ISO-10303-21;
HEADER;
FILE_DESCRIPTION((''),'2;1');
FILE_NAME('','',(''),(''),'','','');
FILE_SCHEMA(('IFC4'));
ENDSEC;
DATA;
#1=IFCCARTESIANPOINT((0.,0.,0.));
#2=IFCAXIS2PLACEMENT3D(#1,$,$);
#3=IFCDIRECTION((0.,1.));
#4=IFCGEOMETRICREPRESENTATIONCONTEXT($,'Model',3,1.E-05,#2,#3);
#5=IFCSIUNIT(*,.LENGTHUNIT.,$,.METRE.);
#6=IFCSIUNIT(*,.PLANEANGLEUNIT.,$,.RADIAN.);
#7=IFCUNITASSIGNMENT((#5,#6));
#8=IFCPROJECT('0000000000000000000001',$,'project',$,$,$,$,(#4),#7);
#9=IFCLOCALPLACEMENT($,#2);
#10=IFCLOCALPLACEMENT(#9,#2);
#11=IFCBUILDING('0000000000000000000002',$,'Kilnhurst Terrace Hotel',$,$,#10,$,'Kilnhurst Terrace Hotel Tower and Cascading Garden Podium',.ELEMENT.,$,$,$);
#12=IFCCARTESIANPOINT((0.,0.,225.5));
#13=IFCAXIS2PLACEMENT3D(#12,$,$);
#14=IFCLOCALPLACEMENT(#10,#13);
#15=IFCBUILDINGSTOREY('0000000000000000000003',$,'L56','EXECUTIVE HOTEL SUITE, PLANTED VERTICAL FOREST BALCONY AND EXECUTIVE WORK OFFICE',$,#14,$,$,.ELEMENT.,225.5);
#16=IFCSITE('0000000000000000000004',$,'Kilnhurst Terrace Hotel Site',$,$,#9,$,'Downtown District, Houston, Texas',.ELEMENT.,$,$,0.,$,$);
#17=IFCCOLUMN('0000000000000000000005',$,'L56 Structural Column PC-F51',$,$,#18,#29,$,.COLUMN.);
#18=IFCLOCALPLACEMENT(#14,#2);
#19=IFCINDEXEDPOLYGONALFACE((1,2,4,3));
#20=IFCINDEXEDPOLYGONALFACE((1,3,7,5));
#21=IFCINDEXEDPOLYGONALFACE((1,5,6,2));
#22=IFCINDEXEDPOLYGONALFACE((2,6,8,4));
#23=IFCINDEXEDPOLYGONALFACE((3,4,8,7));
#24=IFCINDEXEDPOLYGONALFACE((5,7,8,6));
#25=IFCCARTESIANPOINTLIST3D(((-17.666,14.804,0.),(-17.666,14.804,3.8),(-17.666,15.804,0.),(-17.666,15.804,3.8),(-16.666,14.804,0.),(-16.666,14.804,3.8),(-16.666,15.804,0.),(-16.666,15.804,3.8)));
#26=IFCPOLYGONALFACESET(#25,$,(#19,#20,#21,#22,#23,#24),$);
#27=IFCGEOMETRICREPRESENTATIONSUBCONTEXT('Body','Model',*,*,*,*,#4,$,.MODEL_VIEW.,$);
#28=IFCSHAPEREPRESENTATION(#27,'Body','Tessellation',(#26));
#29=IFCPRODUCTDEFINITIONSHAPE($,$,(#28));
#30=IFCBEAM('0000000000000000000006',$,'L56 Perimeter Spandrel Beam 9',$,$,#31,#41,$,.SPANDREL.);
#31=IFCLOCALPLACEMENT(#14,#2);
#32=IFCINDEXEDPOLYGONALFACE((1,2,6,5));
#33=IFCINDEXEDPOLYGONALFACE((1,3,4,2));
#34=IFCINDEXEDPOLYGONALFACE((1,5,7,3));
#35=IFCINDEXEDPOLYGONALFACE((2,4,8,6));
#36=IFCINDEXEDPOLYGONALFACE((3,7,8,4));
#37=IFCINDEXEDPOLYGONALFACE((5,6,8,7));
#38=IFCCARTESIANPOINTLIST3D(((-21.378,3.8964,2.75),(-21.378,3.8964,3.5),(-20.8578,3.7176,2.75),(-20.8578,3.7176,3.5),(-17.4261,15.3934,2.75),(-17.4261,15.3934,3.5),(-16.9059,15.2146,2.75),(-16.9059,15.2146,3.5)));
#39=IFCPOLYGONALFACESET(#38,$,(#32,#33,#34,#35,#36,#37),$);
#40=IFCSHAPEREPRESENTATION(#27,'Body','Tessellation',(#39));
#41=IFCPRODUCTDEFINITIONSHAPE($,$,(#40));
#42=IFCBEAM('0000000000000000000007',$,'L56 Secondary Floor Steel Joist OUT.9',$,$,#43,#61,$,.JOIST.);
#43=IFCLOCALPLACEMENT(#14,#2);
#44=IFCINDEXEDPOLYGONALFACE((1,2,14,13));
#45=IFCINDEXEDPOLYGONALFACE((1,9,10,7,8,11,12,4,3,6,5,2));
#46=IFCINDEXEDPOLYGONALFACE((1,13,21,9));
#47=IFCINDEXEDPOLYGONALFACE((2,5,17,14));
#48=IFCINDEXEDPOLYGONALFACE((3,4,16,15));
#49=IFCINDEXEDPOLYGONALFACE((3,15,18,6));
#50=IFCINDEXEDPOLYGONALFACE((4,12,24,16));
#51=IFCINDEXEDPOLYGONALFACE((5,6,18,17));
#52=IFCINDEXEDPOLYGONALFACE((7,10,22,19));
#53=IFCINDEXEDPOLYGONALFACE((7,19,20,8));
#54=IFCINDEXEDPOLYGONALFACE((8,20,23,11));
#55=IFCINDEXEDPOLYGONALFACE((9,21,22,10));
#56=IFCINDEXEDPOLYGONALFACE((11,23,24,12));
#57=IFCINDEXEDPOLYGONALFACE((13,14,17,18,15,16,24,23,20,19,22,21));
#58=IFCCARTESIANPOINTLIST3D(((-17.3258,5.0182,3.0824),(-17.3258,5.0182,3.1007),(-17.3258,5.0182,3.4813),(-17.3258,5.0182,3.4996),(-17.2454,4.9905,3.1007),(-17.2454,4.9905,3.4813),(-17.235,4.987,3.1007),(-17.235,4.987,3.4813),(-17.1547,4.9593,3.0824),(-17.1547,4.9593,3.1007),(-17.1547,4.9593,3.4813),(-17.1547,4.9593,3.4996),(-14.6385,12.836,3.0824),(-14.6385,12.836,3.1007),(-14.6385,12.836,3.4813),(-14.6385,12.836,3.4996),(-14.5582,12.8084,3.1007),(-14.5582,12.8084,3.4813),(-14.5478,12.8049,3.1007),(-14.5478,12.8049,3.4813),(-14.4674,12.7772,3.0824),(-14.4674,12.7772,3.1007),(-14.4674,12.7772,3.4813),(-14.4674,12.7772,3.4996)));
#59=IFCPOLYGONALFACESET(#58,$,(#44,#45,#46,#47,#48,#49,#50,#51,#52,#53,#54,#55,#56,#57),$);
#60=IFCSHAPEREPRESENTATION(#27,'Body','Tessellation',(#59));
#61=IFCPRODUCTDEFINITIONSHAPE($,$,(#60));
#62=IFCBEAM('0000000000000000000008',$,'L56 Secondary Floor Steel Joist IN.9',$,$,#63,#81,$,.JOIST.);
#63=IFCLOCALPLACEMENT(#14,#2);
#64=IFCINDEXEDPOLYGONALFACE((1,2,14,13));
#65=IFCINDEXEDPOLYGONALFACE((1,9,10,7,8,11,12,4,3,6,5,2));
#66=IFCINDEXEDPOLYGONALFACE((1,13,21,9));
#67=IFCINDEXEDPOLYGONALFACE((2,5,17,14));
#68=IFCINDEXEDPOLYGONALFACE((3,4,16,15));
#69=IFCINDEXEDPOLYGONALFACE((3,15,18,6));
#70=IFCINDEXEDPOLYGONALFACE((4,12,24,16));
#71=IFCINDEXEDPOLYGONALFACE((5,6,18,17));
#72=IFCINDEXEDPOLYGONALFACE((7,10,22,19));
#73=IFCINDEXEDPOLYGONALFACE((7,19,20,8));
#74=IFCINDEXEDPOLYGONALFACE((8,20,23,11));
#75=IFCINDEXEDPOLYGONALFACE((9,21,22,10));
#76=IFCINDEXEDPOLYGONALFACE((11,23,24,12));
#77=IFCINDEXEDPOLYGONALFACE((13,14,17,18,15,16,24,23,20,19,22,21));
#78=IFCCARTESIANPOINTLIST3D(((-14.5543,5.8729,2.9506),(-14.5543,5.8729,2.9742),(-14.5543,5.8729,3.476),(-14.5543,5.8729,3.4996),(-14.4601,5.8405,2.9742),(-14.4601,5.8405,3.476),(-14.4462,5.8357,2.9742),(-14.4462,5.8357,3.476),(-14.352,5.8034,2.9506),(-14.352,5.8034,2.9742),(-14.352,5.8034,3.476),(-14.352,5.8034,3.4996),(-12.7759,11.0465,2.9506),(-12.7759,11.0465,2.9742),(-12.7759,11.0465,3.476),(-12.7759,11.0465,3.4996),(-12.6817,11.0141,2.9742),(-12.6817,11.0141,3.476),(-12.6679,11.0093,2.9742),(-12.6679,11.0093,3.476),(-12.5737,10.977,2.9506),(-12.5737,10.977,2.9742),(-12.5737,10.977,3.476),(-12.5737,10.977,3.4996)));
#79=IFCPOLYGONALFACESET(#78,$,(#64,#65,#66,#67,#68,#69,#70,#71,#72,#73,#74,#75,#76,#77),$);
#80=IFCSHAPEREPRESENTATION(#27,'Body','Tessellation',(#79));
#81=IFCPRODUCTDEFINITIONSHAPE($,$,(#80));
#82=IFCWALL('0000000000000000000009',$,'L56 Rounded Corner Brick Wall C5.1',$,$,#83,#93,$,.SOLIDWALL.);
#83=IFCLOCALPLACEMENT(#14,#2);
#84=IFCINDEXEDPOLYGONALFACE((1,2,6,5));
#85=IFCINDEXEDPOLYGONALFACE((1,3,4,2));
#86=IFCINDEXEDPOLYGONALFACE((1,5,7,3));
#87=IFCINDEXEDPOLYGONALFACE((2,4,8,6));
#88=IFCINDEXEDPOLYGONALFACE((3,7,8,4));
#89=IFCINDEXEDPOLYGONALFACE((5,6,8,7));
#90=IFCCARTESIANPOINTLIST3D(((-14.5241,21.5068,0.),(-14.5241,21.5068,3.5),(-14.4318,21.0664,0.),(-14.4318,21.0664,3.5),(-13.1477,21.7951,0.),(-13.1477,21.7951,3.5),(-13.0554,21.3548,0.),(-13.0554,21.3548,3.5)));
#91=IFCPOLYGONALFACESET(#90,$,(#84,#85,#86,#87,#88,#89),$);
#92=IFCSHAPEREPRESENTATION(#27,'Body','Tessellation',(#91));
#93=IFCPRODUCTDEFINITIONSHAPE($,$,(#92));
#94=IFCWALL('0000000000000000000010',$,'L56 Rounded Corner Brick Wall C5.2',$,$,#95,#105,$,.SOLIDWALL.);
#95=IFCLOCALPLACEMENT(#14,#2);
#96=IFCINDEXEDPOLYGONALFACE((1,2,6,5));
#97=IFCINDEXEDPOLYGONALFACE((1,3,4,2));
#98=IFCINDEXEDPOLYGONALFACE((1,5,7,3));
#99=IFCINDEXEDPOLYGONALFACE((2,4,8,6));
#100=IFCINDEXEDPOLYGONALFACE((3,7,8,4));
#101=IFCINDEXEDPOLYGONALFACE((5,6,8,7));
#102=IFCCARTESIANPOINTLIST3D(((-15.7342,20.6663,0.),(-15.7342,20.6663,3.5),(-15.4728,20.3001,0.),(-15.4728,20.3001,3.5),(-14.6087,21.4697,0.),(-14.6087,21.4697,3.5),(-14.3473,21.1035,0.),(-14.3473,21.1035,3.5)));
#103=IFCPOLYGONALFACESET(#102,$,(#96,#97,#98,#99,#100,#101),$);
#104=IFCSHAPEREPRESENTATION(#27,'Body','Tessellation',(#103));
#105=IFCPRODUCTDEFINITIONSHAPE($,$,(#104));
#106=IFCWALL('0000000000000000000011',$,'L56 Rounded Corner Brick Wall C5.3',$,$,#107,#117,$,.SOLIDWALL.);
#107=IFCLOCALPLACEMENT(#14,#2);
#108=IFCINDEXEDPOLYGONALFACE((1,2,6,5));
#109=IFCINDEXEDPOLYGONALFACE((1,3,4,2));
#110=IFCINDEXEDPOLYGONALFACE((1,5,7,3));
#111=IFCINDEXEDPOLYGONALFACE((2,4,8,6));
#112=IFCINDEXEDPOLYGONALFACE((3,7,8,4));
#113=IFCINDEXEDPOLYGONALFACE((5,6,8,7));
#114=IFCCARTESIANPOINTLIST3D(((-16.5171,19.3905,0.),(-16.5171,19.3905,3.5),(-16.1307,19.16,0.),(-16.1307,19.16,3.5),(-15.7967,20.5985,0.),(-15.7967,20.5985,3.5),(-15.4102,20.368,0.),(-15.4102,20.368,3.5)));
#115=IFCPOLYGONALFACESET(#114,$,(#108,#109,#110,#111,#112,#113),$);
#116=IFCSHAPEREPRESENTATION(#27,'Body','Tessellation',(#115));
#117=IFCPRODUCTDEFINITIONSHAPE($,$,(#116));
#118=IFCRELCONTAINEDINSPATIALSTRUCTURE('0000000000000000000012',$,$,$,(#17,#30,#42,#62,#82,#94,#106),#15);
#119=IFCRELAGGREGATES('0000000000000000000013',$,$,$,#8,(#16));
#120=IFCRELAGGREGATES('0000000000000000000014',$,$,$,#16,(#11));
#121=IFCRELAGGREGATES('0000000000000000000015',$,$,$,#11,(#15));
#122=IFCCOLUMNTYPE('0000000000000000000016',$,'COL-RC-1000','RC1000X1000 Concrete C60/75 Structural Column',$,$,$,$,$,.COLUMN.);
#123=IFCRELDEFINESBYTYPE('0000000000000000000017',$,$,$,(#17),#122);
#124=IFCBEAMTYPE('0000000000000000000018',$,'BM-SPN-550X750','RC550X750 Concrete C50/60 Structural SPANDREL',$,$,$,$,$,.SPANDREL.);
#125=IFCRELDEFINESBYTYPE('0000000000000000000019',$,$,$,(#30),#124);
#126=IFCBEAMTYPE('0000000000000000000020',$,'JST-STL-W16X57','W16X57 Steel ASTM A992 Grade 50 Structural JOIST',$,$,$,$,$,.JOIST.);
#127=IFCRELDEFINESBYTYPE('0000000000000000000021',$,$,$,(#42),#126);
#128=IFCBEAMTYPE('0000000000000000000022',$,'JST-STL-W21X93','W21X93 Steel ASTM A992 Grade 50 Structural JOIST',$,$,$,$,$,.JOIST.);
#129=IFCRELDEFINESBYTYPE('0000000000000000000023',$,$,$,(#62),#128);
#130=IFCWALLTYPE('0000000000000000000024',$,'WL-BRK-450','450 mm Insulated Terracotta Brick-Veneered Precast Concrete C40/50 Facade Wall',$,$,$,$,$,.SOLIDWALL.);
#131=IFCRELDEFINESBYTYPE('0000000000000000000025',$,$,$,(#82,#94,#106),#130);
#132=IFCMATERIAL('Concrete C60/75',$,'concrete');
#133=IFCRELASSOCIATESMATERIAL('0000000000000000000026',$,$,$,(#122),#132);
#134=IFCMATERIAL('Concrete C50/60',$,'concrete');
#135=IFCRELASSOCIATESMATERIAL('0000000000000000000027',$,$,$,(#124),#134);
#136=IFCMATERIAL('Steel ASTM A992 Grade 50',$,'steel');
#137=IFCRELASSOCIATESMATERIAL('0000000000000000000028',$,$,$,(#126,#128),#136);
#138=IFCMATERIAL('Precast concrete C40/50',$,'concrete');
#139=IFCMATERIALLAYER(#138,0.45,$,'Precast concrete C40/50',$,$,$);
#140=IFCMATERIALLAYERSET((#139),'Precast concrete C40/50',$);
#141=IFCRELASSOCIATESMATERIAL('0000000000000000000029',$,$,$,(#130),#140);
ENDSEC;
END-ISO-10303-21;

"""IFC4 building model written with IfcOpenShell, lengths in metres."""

from ifc_helpers import new_model, si_unit, direction, frame, frame_2d, origin, origin_2d, place, context, subcontext, project, spatial, rectangle, i_section, extrude, material, layer, layer_set, material_profile, profile_set, type_object, element, save


model = new_model("IFC4")

# Units and contexts
model_context = context("Model", 3, precision=1e-05, world=origin(), true_north=direction((0.0, 1.0)))
body_context = subcontext(model_context, "Body", "Model", "MODEL_VIEW")
ifc_project = project(units=[si_unit("LENGTHUNIT", "METRE"), si_unit("PLANEANGLEUNIT", "RADIAN")], contexts=[model_context])

# Site, building, storey
site_placement = place(None, origin())
site = spatial("IfcSite", under=ifc_project, at=site_placement, Name="Kilnhurst Terrace Hotel Site", LongName="Downtown District, Houston, Texas", CompositionType="ELEMENT", RefElevation=0.0)
building_placement = place(site_placement, origin())
building = spatial("IfcBuilding", under=site, at=building_placement, Name="Kilnhurst Terrace Hotel", LongName="Kilnhurst Terrace Hotel Tower and Cascading Garden Podium", CompositionType="ELEMENT")
storey_placement = place(building_placement, frame((0.0, 0.0, 225.5)))
storey = spatial("IfcBuildingStorey", under=building, at=storey_placement, Name="L56", Description="EXECUTIVE HOTEL SUITE, PLANTED VERTICAL FOREST BALCONY AND EXECUTIVE WORK OFFICE", CompositionType="ELEMENT", Elevation=225.5)

# Column
ifc_material_1 = material(Name="Concrete C60/75", Category="concrete")
ifc_material_profile_1 = material_profile(ifc_material_1, rectangle(XDim=1.0, YDim=1.0, at=origin_2d()), Name="RC1000X1000")
ifc_profile_set_1 = profile_set([ifc_material_profile_1], Name="Concrete C60/75")
column_type = type_object("IfcColumnType", Name="COL-RC-1000", Description="RC1000X1000 Concrete C60/75 Structural Column", PredefinedType="COLUMN", material=ifc_profile_set_1)
column_placement = place(storey_placement, frame((-17.166, 15.304, 0.0), z_axis=(0.0, 0.0, 1.0), x_axis=(1.0, 0.0, 0.0)))
element("IfcColumn", 1, at=column_placement, inside=storey, type_object=column_type, Name="L56 Structural Column PC-F51", PredefinedType="COLUMN", context=body_context, shape_type="SweptSolid", body=[
    extrude(rectangle(XDim=1.0, YDim=1.0, at=origin_2d()), origin(), (0.0, 0.0, 1.0), 3.8),
])

# Beams
ifc_material_2 = material(Name="Concrete C50/60", Category="concrete")
ifc_material_profile_2 = material_profile(ifc_material_2, rectangle(XDim=0.55, YDim=0.75, at=origin_2d()), Name="RC550X750")
ifc_profile_set_2 = profile_set([ifc_material_profile_2], Name="Concrete C50/60")
beam_type_1 = type_object("IfcBeamType", Name="BM-SPN-550X750", Description="RC550X750 Concrete C50/60 Structural SPANDREL", PredefinedType="SPANDREL", material=ifc_profile_set_2)
beam_1_placement = place(storey_placement, frame((-17.166, 15.304, 3.125), z_axis=(-0.325064, -0.945692, 0.0), x_axis=(0.945692, -0.325064, 0.0)))
element("IfcBeam", 2, at=beam_1_placement, inside=storey, type_object=beam_type_1, Name="L56 Perimeter Spandrel Beam 9", PredefinedType="SPANDREL", context=body_context, shape_type="SweptSolid", body=[
    extrude(rectangle(XDim=0.55, YDim=0.75, at=origin_2d()), origin(), (0.0, 0.0, 1.0), 12.1572),
])
ifc_material_3 = material(Name="Steel ASTM A992 Grade 50", Category="steel")
ifc_material_profile_3 = material_profile(ifc_material_3, i_section(OverallWidth=0.1809, OverallDepth=0.4172, WebThickness=0.011, FlangeThickness=0.0183, at=origin_2d()), Name="W16X57")
ifc_profile_set_3 = profile_set([ifc_material_profile_3], Name="Steel ASTM A992 Grade 50")
beam_type_2 = type_object("IfcBeamType", Name="JST-STL-W16X57", Description="W16X57 Steel ASTM A992 Grade 50 Structural JOIST", PredefinedType="JOIST", material=ifc_profile_set_3)
beam_2_placement = place(storey_placement, frame((-14.553, 12.8066, 3.291), z_axis=(-0.325065, -0.945692, 0.0), x_axis=(0.945692, -0.325065, 0.0)))
element("IfcBeam", 3, at=beam_2_placement, inside=storey, type_object=beam_type_2, Name="L56 Secondary Floor Steel Joist OUT.9", PredefinedType="JOIST", context=body_context, shape_type="SweptSolid", body=[
    extrude(i_section(OverallWidth=0.1809, OverallDepth=0.4172, WebThickness=0.011, FlangeThickness=0.0183, at=origin_2d()), origin(), (0.0, 0.0, 1.0), 8.2668),
])
ifc_material_profile_4 = material_profile(ifc_material_3, i_section(OverallWidth=0.2139, OverallDepth=0.5491, WebThickness=0.0146, FlangeThickness=0.0237, at=origin_2d()), Name="W21X93")
ifc_profile_set_4 = profile_set([ifc_material_profile_4], Name="Steel ASTM A992 Grade 50")
beam_type_3 = type_object("IfcBeamType", Name="JST-STL-W21X93", Description="W21X93 Steel ASTM A992 Grade 50 Structural JOIST", PredefinedType="JOIST", material=ifc_profile_set_4)
beam_3_placement = place(storey_placement, frame((-12.6748, 11.0117, 3.2251), z_axis=(-0.325064, -0.945692, 0.0), x_axis=(0.945692, -0.325064, 0.0)))
element("IfcBeam", 4, at=beam_3_placement, inside=storey, type_object=beam_type_3, Name="L56 Secondary Floor Steel Joist IN.9", PredefinedType="JOIST", context=body_context, shape_type="SweptSolid", body=[
    extrude(i_section(OverallWidth=0.2139, OverallDepth=0.5491, WebThickness=0.0146, FlangeThickness=0.0237, at=origin_2d()), origin(), (0.0, 0.0, 1.0), 5.4707),
])

# Walls
ifc_material_4 = material(Name="Precast concrete C40/50", Category="concrete")
ifc_layer_1 = layer(ifc_material_4, 0.45, Name="Precast concrete C40/50")
ifc_layer_set_1 = layer_set([ifc_layer_1], Name="Precast concrete C40/50")
wall_type_1 = type_object("IfcWallType", Name="WL-BRK-450", Description="450 mm Insulated Terracotta Brick-Veneered Precast Concrete C40/50 Facade Wall", PredefinedType="SOLIDWALL", material=ifc_layer_set_1)
wall_1_placement = place(storey_placement, frame((-13.1016, 21.575, 0.0), z_axis=(0.0, 0.0, 1.0), x_axis=(-0.978757, -0.205022, 0.0)))
element("IfcWall", 5, at=wall_1_placement, inside=storey, type_object=wall_type_1, Name="L56 Rounded Corner Brick Wall C5.1", PredefinedType="SOLIDWALL", context=body_context, shape_type="SweptSolid", body=[
    extrude(rectangle(XDim=1.4062, YDim=0.45, at=frame_2d((0.7031, 0.0))), origin(), (0.0, 0.0, 1.0), 3.5),
])
wall_2_placement = place(storey_placement, frame((-14.478, 21.2866, 0.0), z_axis=(0.0, 0.0, 1.0), x_axis=(-0.813889, -0.581021, 0.0)))
element("IfcWall", 6, at=wall_2_placement, inside=storey, type_object=wall_type_1, Name="L56 Rounded Corner Brick Wall C5.2", PredefinedType="SOLIDWALL", context=body_context, shape_type="SweptSolid", body=[
    extrude(rectangle(XDim=1.3828, YDim=0.45, at=frame_2d((0.6914, 0.0))), origin(), (0.0, 0.0, 1.0), 3.5),
])
wall_3_placement = place(storey_placement, frame((-15.6035, 20.4832, 0.0), z_axis=(0.0, 0.0, 1.0), x_axis=(-0.512222, -0.858853, 0.0)))
element("IfcWall", 7, at=wall_3_placement, inside=storey, type_object=wall_type_1, Name="L56 Rounded Corner Brick Wall C5.3", PredefinedType="SOLIDWALL", context=body_context, shape_type="SweptSolid", body=[
    extrude(rectangle(XDim=1.4065, YDim=0.45, at=frame_2d((0.7031, 0.0))), origin(), (0.0, 0.0, 1.0), 3.5),
])

save(model, "model.ifc")
